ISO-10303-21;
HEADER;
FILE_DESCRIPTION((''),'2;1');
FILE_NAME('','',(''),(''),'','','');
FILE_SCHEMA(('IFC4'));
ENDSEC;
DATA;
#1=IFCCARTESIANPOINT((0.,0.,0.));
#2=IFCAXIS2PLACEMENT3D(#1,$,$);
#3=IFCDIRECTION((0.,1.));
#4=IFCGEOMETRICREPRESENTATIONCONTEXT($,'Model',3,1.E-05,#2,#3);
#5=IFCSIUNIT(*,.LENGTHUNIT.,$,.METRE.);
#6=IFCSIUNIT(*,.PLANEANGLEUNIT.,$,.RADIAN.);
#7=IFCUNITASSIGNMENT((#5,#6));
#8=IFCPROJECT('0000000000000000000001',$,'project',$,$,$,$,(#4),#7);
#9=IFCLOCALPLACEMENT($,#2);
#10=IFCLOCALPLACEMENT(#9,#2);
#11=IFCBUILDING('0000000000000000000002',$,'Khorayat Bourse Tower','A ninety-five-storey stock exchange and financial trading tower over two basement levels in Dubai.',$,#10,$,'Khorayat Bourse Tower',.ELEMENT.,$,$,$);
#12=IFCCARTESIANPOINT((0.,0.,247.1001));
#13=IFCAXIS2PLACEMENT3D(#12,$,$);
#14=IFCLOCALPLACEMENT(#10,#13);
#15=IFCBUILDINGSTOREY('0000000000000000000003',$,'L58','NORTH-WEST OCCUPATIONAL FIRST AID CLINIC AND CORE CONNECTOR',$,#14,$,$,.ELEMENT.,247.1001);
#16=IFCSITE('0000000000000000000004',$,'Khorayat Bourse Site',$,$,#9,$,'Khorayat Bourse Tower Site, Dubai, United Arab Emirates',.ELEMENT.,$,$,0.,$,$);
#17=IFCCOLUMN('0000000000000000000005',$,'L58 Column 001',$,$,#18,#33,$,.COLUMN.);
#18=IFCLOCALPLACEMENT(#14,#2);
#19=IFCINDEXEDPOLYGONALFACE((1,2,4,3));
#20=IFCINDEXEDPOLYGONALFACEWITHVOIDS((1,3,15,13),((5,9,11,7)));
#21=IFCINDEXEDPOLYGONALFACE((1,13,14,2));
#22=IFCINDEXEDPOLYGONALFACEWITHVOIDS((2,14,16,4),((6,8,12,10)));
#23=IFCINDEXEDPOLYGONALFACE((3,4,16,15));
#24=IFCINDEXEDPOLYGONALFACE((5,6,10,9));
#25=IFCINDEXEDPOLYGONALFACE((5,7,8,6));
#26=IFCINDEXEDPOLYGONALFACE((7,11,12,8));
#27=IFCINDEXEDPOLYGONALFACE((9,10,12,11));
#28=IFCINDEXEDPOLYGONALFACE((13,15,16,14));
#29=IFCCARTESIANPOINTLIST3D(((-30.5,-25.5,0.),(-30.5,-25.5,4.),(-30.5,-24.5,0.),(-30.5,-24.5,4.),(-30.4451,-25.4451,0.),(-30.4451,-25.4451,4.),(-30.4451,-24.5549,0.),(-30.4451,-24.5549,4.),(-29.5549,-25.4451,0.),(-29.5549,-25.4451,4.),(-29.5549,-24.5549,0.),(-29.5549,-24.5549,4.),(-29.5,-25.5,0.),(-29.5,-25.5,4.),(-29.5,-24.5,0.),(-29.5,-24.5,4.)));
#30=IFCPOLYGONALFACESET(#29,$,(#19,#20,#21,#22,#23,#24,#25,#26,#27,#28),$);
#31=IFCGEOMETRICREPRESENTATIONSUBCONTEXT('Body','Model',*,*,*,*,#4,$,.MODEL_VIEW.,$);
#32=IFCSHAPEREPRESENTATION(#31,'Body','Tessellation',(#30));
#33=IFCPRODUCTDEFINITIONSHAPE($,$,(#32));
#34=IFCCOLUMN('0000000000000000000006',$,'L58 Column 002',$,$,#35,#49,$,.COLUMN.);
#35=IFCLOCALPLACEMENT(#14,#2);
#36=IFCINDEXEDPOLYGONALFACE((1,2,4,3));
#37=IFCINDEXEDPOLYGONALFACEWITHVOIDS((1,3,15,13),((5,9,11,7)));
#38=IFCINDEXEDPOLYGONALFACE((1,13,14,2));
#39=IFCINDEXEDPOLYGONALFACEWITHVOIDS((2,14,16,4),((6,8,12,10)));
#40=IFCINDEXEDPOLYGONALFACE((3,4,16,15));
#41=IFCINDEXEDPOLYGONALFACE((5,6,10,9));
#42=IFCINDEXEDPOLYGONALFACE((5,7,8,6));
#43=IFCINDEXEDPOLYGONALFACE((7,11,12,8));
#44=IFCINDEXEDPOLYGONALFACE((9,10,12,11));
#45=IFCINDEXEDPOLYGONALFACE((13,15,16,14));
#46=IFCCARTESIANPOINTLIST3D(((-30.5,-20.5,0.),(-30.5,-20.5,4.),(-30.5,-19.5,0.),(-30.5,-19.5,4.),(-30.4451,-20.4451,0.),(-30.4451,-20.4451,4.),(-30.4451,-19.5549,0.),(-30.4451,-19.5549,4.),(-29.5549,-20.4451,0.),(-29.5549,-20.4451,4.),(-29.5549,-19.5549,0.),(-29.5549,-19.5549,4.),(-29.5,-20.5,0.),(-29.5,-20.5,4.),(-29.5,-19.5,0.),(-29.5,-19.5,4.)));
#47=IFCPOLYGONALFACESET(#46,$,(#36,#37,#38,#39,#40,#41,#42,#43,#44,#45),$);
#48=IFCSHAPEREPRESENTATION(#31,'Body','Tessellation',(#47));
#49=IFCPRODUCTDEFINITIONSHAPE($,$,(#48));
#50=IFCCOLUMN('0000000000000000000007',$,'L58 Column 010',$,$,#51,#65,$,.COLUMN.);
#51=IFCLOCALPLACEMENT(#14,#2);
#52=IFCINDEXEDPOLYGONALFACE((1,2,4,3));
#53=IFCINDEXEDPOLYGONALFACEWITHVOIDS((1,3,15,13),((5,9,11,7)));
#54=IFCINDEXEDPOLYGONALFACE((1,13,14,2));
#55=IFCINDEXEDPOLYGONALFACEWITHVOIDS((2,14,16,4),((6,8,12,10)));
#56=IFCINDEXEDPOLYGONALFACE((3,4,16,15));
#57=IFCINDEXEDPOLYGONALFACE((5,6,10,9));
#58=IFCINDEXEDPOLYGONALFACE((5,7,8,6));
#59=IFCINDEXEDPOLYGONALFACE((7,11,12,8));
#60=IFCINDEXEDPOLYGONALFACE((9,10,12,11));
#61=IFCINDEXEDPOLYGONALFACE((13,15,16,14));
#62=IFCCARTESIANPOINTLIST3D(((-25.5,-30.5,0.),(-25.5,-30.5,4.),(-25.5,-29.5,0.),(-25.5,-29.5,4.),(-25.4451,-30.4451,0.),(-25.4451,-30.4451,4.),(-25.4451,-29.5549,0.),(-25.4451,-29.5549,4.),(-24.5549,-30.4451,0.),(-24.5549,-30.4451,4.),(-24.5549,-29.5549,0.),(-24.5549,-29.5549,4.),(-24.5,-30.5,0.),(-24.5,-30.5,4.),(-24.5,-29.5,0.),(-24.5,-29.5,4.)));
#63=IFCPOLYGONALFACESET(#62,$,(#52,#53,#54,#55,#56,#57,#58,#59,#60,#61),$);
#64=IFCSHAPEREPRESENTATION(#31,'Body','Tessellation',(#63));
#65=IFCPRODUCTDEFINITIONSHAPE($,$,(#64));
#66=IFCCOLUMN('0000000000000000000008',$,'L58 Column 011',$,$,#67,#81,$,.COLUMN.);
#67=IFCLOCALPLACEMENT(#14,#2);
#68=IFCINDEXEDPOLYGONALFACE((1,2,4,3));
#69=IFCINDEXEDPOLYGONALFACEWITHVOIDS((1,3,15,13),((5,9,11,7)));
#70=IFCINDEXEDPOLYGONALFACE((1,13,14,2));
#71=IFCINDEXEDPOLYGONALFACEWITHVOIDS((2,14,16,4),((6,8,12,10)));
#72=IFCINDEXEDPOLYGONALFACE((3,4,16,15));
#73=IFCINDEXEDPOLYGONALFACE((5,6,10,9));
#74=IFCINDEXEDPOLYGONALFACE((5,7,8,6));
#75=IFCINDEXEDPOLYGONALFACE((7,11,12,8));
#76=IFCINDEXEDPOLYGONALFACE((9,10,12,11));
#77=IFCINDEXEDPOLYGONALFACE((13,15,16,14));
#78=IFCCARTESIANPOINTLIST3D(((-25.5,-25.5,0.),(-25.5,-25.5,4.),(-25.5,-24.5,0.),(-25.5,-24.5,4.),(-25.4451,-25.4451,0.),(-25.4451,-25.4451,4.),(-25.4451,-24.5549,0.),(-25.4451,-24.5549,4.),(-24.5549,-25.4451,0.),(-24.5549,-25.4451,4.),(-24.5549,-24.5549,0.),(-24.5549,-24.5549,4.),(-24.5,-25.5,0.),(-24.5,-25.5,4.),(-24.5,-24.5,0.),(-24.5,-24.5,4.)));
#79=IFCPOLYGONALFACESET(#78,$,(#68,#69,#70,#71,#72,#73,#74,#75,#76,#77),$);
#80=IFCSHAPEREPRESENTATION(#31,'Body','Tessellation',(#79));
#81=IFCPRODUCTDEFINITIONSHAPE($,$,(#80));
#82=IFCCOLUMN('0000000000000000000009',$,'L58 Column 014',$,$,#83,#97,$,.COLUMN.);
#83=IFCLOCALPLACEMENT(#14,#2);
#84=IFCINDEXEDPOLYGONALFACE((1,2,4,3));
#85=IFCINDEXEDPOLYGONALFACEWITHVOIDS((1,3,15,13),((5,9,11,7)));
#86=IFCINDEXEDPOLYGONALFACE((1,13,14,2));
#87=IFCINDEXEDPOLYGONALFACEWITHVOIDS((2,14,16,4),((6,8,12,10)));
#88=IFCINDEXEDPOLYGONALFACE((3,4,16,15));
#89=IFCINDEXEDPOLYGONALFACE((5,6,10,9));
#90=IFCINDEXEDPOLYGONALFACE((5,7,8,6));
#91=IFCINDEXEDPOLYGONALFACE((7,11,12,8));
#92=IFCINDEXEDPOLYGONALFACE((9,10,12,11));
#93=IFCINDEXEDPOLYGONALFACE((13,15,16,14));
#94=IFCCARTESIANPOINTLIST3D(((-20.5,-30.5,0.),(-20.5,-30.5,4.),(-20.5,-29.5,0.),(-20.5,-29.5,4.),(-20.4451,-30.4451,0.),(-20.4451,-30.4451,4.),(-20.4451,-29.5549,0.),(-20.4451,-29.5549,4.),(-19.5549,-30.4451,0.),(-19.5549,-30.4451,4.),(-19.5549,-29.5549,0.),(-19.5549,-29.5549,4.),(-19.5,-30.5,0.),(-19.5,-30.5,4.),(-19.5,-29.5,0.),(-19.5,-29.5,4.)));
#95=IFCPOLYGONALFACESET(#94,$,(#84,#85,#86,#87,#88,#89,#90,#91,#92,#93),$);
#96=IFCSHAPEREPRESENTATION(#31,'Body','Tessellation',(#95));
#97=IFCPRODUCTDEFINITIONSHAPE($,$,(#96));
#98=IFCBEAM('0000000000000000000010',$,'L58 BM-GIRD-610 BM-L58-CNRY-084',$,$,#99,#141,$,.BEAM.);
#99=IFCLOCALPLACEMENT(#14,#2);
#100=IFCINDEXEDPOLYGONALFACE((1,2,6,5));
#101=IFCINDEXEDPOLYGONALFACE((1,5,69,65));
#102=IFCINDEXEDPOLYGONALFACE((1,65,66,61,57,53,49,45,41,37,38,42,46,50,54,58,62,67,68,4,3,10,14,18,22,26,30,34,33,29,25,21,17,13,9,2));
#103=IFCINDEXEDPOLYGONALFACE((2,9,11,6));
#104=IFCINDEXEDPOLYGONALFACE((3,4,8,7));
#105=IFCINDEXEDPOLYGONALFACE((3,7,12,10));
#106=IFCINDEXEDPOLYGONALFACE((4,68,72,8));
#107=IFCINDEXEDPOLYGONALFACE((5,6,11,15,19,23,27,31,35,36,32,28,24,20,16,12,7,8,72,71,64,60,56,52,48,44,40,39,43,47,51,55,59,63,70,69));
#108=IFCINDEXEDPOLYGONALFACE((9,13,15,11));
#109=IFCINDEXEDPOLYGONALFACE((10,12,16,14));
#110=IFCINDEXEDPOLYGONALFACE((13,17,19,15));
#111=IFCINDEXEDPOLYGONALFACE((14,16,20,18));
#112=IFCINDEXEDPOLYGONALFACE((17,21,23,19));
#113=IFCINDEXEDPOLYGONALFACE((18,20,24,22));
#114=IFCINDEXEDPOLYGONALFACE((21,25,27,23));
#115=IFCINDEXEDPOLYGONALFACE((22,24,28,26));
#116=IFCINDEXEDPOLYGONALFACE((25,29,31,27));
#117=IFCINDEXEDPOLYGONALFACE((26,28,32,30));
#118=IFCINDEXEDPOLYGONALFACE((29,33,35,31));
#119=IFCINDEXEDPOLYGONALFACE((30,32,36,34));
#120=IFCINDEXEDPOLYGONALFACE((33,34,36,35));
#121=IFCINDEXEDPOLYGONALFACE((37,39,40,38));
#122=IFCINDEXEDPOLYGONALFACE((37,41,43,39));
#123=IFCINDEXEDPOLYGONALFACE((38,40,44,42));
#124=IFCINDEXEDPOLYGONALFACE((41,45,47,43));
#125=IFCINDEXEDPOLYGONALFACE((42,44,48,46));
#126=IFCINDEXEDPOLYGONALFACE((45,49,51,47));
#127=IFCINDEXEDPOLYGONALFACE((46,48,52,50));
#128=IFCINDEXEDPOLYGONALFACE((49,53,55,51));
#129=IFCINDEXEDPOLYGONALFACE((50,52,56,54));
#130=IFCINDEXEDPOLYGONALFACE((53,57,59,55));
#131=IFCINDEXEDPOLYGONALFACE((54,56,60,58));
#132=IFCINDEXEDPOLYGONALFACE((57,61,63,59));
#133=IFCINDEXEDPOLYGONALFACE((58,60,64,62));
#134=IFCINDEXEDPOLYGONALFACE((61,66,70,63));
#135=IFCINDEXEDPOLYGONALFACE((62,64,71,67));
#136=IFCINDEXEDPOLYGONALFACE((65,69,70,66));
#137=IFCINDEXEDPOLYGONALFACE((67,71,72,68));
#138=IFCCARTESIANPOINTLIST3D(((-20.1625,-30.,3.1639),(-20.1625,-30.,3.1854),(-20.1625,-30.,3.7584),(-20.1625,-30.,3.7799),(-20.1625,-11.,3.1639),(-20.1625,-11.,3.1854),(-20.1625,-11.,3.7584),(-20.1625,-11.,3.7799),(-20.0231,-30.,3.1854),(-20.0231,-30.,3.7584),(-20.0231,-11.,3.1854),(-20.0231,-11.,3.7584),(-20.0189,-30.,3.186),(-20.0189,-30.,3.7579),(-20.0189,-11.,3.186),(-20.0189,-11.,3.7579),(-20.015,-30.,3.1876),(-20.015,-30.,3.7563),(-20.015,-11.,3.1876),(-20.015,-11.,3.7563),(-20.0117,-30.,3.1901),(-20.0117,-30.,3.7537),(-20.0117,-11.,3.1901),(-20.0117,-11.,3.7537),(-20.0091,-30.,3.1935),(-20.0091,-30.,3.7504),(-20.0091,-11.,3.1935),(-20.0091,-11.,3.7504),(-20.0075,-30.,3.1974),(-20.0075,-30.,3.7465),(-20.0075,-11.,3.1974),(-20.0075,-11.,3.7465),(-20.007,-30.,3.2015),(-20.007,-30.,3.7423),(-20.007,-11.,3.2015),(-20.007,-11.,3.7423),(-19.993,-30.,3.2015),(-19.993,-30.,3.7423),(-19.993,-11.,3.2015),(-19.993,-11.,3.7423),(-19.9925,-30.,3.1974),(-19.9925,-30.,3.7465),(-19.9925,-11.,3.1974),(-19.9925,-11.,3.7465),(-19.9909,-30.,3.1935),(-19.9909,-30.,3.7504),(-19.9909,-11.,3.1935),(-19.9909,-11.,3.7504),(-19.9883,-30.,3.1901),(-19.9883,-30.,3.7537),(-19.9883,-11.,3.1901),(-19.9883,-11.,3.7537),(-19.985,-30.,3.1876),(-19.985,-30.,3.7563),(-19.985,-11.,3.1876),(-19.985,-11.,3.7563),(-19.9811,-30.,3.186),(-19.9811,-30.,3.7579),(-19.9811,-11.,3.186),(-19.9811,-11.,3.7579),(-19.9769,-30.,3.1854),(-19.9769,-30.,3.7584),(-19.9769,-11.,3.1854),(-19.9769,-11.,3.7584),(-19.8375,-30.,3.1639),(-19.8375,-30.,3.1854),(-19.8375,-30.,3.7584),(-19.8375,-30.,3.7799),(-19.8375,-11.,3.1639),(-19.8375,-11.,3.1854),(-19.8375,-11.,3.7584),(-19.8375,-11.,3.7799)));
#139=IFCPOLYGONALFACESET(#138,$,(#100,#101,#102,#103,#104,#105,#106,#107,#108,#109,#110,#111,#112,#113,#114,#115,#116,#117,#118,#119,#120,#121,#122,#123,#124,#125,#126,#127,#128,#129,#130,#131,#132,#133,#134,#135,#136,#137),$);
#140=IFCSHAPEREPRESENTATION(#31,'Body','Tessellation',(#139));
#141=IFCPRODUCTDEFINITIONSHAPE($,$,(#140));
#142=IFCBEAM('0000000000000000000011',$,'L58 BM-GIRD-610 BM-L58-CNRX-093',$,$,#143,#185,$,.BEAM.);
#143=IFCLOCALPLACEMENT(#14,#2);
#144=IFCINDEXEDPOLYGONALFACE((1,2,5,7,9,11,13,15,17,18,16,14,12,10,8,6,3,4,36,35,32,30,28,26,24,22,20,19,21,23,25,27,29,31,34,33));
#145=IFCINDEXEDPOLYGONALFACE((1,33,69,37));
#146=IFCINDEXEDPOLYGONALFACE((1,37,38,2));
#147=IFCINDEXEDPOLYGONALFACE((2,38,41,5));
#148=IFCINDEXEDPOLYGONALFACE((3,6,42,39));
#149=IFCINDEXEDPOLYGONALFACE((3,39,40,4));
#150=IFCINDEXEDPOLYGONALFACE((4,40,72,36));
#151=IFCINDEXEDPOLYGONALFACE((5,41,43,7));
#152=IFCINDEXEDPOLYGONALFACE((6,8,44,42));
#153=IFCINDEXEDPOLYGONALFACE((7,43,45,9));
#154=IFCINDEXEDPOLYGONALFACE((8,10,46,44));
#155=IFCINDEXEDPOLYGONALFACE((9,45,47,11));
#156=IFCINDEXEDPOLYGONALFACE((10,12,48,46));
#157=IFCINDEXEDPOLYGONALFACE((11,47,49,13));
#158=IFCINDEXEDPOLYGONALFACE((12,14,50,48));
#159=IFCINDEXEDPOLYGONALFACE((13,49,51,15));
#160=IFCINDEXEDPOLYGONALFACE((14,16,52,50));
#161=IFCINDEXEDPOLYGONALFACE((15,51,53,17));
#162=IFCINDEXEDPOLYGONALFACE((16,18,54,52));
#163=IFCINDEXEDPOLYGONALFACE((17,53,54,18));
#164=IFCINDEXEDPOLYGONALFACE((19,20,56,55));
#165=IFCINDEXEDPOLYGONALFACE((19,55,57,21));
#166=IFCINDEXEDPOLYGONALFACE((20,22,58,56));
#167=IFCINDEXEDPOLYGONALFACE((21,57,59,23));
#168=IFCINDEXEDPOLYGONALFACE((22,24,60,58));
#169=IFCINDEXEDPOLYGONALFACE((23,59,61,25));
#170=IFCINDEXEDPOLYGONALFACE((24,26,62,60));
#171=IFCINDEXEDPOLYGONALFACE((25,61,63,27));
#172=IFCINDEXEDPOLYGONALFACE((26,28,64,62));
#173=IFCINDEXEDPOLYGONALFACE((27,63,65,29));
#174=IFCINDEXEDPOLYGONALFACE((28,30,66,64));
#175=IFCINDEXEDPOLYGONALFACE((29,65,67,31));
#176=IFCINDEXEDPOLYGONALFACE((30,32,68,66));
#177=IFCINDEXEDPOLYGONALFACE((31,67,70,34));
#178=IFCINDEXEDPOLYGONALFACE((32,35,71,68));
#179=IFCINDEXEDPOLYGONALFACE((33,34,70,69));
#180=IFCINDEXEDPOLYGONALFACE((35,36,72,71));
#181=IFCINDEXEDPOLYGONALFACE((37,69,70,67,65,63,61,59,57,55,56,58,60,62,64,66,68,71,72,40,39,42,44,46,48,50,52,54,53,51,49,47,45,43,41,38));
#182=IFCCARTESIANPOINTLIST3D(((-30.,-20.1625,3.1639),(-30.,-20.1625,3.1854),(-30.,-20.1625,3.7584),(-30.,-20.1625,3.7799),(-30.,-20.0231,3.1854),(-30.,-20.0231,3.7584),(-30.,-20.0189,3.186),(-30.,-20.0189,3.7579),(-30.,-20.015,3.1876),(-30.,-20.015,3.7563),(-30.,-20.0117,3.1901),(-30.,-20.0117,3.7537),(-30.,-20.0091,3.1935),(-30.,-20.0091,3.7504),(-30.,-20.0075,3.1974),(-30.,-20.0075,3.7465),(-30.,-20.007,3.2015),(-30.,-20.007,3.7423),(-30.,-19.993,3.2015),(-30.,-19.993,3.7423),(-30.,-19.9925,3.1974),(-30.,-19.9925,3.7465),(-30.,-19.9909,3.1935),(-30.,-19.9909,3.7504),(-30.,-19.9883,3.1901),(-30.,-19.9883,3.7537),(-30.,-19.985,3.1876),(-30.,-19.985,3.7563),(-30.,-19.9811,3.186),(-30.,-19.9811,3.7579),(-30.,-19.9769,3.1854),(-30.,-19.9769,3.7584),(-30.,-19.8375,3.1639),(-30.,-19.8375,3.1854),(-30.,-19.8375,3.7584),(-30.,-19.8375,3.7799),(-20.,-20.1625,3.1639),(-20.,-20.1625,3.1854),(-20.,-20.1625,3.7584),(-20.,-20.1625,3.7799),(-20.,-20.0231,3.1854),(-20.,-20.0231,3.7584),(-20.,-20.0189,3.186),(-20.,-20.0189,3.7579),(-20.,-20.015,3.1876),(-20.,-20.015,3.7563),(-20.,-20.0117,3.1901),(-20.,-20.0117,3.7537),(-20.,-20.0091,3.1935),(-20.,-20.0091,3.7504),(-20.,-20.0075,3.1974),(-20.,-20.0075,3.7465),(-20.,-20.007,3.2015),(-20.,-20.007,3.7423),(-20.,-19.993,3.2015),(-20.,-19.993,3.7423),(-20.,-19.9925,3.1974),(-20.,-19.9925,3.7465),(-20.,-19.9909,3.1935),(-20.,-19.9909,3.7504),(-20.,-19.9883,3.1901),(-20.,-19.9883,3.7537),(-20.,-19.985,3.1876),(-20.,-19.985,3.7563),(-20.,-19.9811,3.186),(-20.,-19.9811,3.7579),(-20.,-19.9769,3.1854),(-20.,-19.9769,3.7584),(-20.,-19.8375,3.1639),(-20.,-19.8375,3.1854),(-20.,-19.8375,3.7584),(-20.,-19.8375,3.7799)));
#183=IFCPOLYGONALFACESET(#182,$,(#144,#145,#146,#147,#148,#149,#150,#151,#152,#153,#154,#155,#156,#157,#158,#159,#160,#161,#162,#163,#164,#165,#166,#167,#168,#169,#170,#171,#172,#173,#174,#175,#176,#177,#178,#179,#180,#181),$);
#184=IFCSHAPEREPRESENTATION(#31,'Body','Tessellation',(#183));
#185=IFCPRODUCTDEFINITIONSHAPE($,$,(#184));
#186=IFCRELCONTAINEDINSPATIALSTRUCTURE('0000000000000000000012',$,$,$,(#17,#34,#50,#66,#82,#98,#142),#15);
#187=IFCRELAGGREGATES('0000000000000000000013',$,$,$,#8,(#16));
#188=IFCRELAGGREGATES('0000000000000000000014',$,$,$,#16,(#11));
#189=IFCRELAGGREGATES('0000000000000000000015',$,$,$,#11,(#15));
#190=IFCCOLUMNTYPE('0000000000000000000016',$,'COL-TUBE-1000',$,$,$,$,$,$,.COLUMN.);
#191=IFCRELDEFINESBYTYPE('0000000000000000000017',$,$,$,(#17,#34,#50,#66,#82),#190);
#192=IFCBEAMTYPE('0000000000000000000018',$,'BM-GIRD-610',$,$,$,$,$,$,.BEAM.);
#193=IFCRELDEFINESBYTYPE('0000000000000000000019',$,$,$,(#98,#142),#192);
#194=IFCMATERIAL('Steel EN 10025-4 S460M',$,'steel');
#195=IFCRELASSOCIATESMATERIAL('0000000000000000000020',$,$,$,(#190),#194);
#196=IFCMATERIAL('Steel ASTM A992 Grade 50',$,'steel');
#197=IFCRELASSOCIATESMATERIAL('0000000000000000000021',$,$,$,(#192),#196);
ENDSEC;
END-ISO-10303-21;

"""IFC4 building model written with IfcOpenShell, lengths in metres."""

from ifc_helpers import new_model, si_unit, direction, frame, origin, origin_2d, place, context, subcontext, project, spatial, hollow_rectangle, i_section, extrude, source, transform, mapped, material, material_profile, profile_set, type_object, element, save


model = new_model("IFC4")

# Units and contexts
model_context = context("Model", 3, precision=1e-05, world=origin(), true_north=direction((0.0, 1.0)))
body_context = subcontext(model_context, "Body", "Model", "MODEL_VIEW")
ifc_project = project(units=[si_unit("LENGTHUNIT", "METRE"), si_unit("PLANEANGLEUNIT", "RADIAN")], contexts=[model_context])

# Site, building, storey
site_placement = place(None, origin())
site = spatial("IfcSite", under=ifc_project, at=site_placement, Name="Khorayat Bourse Site", LongName="Khorayat Bourse Tower Site, Dubai, United Arab Emirates", CompositionType="ELEMENT", RefElevation=0.0)
building_placement = place(site_placement, origin())
building = spatial("IfcBuilding", under=site, at=building_placement, Name="Khorayat Bourse Tower", Description="A ninety-five-storey stock exchange and financial trading tower over two basement levels in Dubai.", LongName="Khorayat Bourse Tower", CompositionType="ELEMENT")
storey_placement = place(building_placement, frame((0.0, 0.0, 247.1001)))
storey = spatial("IfcBuildingStorey", under=building, at=storey_placement, Name="L58", Description="NORTH-WEST OCCUPATIONAL FIRST AID CLINIC AND CORE CONNECTOR", CompositionType="ELEMENT", Elevation=247.1001)

# Columns
ifc_material_1 = material(Name="Steel EN 10025-4 S460M", Category="steel")
ifc_material_profile_1 = material_profile(ifc_material_1, hollow_rectangle(XDim=1.0, YDim=1.0, WallThickness=0.0549, at=origin_2d()), Name="BOX 1000x1000x55")
ifc_profile_set_1 = profile_set([ifc_material_profile_1], Name="Steel EN 10025-4 S460M")
column_type = type_object("IfcColumnType", Name="COL-TUBE-1000", PredefinedType="COLUMN", material=ifc_profile_set_1)
shared_shape_1 = source(origin(), body_context, "Body", "SweptSolid", [
    extrude(hollow_rectangle(XDim=1.0, YDim=1.0, WallThickness=0.0549, at=origin_2d()), origin(), (0.0, 0.0, 1.0), 4.0),
])
for number, where, z_axis, x_axis, name in (
    (1, (-30.0, -25.0, 0.0), (0.0, 0.0, 1.0), (1.0, 0.0, 0.0), "L58 Column 001"),
    (2, (-30.0, -20.0, 0.0), (0.0, 0.0, 1.0), (1.0, 0.0, 0.0), "L58 Column 002"),
    (3, (-25.0, -30.0, 0.0), (0.0, 0.0, 1.0), (1.0, 0.0, 0.0), "L58 Column 010"),
    (4, (-25.0, -25.0, 0.0), (0.0, 0.0, 1.0), (1.0, 0.0, 0.0), "L58 Column 011"),
    (5, (-20.0, -30.0, 0.0), (0.0, 0.0, 1.0), (1.0, 0.0, 0.0), "L58 Column 014"),
):
    element("IfcColumn", number, at=place(storey_placement, frame(where, z_axis=z_axis, x_axis=x_axis)), inside=storey, type_object=column_type, Name=name, PredefinedType="COLUMN", context=body_context, shape_type="MappedRepresentation", body=[
        mapped(shared_shape_1, transform((0.0, 0.0, 0.0), scale=1.0)),
    ])

# Beams
ifc_material_2 = material(Name="Steel ASTM A992 Grade 50", Category="steel")
ifc_material_profile_2 = material_profile(ifc_material_2, i_section(OverallWidth=0.325, OverallDepth=0.616, WebThickness=0.0139, FlangeThickness=0.0215, FilletRadius=0.0161, at=origin_2d()), Name="W610X174")
ifc_profile_set_2 = profile_set([ifc_material_profile_2], Name="Steel ASTM A992 Grade 50")
beam_type_1 = type_object("IfcBeamType", Name="BM-GIRD-610", PredefinedType="BEAM", material=ifc_profile_set_2)
shared_shape_2 = source(origin(), body_context, "Body", "SweptSolid", [
    extrude(i_section(OverallWidth=0.325, OverallDepth=0.616, WebThickness=0.0139, FlangeThickness=0.0215, FilletRadius=0.0161, at=origin_2d()), origin(), (0.0, 0.0, 1.0), 19.0),
])
beam_1_placement = place(storey_placement, frame((-20.0, -30.0, 3.4719), z_axis=(0.0, 1.0, 0.0), x_axis=(-1.0, 0.0, 0.0)))
element("IfcBeam", 6, at=beam_1_placement, inside=storey, type_object=beam_type_1, Name="L58 BM-GIRD-610 BM-L58-CNRY-084", PredefinedType="BEAM", context=body_context, shape_type="MappedRepresentation", body=[
    mapped(shared_shape_2, transform((0.0, 0.0, 0.0), scale=1.0)),
])
shared_shape_3 = source(origin(), body_context, "Body", "SweptSolid", [
    extrude(i_section(OverallWidth=0.325, OverallDepth=0.616, WebThickness=0.0139, FlangeThickness=0.0215, FilletRadius=0.0161, at=origin_2d()), origin(), (0.0, 0.0, 1.0), 10.0),
])
beam_2_placement = place(storey_placement, frame((-30.0, -20.0, 3.4719), z_axis=(1.0, 0.0, 0.0), x_axis=(0.0, 1.0, 0.0)))
element("IfcBeam", 7, at=beam_2_placement, inside=storey, type_object=beam_type_1, Name="L58 BM-GIRD-610 BM-L58-CNRX-093", PredefinedType="BEAM", context=body_context, shape_type="MappedRepresentation", body=[
    mapped(shared_shape_3, transform((0.0, 0.0, 0.0), scale=1.0)),
])

save(model, "model.ifc")
